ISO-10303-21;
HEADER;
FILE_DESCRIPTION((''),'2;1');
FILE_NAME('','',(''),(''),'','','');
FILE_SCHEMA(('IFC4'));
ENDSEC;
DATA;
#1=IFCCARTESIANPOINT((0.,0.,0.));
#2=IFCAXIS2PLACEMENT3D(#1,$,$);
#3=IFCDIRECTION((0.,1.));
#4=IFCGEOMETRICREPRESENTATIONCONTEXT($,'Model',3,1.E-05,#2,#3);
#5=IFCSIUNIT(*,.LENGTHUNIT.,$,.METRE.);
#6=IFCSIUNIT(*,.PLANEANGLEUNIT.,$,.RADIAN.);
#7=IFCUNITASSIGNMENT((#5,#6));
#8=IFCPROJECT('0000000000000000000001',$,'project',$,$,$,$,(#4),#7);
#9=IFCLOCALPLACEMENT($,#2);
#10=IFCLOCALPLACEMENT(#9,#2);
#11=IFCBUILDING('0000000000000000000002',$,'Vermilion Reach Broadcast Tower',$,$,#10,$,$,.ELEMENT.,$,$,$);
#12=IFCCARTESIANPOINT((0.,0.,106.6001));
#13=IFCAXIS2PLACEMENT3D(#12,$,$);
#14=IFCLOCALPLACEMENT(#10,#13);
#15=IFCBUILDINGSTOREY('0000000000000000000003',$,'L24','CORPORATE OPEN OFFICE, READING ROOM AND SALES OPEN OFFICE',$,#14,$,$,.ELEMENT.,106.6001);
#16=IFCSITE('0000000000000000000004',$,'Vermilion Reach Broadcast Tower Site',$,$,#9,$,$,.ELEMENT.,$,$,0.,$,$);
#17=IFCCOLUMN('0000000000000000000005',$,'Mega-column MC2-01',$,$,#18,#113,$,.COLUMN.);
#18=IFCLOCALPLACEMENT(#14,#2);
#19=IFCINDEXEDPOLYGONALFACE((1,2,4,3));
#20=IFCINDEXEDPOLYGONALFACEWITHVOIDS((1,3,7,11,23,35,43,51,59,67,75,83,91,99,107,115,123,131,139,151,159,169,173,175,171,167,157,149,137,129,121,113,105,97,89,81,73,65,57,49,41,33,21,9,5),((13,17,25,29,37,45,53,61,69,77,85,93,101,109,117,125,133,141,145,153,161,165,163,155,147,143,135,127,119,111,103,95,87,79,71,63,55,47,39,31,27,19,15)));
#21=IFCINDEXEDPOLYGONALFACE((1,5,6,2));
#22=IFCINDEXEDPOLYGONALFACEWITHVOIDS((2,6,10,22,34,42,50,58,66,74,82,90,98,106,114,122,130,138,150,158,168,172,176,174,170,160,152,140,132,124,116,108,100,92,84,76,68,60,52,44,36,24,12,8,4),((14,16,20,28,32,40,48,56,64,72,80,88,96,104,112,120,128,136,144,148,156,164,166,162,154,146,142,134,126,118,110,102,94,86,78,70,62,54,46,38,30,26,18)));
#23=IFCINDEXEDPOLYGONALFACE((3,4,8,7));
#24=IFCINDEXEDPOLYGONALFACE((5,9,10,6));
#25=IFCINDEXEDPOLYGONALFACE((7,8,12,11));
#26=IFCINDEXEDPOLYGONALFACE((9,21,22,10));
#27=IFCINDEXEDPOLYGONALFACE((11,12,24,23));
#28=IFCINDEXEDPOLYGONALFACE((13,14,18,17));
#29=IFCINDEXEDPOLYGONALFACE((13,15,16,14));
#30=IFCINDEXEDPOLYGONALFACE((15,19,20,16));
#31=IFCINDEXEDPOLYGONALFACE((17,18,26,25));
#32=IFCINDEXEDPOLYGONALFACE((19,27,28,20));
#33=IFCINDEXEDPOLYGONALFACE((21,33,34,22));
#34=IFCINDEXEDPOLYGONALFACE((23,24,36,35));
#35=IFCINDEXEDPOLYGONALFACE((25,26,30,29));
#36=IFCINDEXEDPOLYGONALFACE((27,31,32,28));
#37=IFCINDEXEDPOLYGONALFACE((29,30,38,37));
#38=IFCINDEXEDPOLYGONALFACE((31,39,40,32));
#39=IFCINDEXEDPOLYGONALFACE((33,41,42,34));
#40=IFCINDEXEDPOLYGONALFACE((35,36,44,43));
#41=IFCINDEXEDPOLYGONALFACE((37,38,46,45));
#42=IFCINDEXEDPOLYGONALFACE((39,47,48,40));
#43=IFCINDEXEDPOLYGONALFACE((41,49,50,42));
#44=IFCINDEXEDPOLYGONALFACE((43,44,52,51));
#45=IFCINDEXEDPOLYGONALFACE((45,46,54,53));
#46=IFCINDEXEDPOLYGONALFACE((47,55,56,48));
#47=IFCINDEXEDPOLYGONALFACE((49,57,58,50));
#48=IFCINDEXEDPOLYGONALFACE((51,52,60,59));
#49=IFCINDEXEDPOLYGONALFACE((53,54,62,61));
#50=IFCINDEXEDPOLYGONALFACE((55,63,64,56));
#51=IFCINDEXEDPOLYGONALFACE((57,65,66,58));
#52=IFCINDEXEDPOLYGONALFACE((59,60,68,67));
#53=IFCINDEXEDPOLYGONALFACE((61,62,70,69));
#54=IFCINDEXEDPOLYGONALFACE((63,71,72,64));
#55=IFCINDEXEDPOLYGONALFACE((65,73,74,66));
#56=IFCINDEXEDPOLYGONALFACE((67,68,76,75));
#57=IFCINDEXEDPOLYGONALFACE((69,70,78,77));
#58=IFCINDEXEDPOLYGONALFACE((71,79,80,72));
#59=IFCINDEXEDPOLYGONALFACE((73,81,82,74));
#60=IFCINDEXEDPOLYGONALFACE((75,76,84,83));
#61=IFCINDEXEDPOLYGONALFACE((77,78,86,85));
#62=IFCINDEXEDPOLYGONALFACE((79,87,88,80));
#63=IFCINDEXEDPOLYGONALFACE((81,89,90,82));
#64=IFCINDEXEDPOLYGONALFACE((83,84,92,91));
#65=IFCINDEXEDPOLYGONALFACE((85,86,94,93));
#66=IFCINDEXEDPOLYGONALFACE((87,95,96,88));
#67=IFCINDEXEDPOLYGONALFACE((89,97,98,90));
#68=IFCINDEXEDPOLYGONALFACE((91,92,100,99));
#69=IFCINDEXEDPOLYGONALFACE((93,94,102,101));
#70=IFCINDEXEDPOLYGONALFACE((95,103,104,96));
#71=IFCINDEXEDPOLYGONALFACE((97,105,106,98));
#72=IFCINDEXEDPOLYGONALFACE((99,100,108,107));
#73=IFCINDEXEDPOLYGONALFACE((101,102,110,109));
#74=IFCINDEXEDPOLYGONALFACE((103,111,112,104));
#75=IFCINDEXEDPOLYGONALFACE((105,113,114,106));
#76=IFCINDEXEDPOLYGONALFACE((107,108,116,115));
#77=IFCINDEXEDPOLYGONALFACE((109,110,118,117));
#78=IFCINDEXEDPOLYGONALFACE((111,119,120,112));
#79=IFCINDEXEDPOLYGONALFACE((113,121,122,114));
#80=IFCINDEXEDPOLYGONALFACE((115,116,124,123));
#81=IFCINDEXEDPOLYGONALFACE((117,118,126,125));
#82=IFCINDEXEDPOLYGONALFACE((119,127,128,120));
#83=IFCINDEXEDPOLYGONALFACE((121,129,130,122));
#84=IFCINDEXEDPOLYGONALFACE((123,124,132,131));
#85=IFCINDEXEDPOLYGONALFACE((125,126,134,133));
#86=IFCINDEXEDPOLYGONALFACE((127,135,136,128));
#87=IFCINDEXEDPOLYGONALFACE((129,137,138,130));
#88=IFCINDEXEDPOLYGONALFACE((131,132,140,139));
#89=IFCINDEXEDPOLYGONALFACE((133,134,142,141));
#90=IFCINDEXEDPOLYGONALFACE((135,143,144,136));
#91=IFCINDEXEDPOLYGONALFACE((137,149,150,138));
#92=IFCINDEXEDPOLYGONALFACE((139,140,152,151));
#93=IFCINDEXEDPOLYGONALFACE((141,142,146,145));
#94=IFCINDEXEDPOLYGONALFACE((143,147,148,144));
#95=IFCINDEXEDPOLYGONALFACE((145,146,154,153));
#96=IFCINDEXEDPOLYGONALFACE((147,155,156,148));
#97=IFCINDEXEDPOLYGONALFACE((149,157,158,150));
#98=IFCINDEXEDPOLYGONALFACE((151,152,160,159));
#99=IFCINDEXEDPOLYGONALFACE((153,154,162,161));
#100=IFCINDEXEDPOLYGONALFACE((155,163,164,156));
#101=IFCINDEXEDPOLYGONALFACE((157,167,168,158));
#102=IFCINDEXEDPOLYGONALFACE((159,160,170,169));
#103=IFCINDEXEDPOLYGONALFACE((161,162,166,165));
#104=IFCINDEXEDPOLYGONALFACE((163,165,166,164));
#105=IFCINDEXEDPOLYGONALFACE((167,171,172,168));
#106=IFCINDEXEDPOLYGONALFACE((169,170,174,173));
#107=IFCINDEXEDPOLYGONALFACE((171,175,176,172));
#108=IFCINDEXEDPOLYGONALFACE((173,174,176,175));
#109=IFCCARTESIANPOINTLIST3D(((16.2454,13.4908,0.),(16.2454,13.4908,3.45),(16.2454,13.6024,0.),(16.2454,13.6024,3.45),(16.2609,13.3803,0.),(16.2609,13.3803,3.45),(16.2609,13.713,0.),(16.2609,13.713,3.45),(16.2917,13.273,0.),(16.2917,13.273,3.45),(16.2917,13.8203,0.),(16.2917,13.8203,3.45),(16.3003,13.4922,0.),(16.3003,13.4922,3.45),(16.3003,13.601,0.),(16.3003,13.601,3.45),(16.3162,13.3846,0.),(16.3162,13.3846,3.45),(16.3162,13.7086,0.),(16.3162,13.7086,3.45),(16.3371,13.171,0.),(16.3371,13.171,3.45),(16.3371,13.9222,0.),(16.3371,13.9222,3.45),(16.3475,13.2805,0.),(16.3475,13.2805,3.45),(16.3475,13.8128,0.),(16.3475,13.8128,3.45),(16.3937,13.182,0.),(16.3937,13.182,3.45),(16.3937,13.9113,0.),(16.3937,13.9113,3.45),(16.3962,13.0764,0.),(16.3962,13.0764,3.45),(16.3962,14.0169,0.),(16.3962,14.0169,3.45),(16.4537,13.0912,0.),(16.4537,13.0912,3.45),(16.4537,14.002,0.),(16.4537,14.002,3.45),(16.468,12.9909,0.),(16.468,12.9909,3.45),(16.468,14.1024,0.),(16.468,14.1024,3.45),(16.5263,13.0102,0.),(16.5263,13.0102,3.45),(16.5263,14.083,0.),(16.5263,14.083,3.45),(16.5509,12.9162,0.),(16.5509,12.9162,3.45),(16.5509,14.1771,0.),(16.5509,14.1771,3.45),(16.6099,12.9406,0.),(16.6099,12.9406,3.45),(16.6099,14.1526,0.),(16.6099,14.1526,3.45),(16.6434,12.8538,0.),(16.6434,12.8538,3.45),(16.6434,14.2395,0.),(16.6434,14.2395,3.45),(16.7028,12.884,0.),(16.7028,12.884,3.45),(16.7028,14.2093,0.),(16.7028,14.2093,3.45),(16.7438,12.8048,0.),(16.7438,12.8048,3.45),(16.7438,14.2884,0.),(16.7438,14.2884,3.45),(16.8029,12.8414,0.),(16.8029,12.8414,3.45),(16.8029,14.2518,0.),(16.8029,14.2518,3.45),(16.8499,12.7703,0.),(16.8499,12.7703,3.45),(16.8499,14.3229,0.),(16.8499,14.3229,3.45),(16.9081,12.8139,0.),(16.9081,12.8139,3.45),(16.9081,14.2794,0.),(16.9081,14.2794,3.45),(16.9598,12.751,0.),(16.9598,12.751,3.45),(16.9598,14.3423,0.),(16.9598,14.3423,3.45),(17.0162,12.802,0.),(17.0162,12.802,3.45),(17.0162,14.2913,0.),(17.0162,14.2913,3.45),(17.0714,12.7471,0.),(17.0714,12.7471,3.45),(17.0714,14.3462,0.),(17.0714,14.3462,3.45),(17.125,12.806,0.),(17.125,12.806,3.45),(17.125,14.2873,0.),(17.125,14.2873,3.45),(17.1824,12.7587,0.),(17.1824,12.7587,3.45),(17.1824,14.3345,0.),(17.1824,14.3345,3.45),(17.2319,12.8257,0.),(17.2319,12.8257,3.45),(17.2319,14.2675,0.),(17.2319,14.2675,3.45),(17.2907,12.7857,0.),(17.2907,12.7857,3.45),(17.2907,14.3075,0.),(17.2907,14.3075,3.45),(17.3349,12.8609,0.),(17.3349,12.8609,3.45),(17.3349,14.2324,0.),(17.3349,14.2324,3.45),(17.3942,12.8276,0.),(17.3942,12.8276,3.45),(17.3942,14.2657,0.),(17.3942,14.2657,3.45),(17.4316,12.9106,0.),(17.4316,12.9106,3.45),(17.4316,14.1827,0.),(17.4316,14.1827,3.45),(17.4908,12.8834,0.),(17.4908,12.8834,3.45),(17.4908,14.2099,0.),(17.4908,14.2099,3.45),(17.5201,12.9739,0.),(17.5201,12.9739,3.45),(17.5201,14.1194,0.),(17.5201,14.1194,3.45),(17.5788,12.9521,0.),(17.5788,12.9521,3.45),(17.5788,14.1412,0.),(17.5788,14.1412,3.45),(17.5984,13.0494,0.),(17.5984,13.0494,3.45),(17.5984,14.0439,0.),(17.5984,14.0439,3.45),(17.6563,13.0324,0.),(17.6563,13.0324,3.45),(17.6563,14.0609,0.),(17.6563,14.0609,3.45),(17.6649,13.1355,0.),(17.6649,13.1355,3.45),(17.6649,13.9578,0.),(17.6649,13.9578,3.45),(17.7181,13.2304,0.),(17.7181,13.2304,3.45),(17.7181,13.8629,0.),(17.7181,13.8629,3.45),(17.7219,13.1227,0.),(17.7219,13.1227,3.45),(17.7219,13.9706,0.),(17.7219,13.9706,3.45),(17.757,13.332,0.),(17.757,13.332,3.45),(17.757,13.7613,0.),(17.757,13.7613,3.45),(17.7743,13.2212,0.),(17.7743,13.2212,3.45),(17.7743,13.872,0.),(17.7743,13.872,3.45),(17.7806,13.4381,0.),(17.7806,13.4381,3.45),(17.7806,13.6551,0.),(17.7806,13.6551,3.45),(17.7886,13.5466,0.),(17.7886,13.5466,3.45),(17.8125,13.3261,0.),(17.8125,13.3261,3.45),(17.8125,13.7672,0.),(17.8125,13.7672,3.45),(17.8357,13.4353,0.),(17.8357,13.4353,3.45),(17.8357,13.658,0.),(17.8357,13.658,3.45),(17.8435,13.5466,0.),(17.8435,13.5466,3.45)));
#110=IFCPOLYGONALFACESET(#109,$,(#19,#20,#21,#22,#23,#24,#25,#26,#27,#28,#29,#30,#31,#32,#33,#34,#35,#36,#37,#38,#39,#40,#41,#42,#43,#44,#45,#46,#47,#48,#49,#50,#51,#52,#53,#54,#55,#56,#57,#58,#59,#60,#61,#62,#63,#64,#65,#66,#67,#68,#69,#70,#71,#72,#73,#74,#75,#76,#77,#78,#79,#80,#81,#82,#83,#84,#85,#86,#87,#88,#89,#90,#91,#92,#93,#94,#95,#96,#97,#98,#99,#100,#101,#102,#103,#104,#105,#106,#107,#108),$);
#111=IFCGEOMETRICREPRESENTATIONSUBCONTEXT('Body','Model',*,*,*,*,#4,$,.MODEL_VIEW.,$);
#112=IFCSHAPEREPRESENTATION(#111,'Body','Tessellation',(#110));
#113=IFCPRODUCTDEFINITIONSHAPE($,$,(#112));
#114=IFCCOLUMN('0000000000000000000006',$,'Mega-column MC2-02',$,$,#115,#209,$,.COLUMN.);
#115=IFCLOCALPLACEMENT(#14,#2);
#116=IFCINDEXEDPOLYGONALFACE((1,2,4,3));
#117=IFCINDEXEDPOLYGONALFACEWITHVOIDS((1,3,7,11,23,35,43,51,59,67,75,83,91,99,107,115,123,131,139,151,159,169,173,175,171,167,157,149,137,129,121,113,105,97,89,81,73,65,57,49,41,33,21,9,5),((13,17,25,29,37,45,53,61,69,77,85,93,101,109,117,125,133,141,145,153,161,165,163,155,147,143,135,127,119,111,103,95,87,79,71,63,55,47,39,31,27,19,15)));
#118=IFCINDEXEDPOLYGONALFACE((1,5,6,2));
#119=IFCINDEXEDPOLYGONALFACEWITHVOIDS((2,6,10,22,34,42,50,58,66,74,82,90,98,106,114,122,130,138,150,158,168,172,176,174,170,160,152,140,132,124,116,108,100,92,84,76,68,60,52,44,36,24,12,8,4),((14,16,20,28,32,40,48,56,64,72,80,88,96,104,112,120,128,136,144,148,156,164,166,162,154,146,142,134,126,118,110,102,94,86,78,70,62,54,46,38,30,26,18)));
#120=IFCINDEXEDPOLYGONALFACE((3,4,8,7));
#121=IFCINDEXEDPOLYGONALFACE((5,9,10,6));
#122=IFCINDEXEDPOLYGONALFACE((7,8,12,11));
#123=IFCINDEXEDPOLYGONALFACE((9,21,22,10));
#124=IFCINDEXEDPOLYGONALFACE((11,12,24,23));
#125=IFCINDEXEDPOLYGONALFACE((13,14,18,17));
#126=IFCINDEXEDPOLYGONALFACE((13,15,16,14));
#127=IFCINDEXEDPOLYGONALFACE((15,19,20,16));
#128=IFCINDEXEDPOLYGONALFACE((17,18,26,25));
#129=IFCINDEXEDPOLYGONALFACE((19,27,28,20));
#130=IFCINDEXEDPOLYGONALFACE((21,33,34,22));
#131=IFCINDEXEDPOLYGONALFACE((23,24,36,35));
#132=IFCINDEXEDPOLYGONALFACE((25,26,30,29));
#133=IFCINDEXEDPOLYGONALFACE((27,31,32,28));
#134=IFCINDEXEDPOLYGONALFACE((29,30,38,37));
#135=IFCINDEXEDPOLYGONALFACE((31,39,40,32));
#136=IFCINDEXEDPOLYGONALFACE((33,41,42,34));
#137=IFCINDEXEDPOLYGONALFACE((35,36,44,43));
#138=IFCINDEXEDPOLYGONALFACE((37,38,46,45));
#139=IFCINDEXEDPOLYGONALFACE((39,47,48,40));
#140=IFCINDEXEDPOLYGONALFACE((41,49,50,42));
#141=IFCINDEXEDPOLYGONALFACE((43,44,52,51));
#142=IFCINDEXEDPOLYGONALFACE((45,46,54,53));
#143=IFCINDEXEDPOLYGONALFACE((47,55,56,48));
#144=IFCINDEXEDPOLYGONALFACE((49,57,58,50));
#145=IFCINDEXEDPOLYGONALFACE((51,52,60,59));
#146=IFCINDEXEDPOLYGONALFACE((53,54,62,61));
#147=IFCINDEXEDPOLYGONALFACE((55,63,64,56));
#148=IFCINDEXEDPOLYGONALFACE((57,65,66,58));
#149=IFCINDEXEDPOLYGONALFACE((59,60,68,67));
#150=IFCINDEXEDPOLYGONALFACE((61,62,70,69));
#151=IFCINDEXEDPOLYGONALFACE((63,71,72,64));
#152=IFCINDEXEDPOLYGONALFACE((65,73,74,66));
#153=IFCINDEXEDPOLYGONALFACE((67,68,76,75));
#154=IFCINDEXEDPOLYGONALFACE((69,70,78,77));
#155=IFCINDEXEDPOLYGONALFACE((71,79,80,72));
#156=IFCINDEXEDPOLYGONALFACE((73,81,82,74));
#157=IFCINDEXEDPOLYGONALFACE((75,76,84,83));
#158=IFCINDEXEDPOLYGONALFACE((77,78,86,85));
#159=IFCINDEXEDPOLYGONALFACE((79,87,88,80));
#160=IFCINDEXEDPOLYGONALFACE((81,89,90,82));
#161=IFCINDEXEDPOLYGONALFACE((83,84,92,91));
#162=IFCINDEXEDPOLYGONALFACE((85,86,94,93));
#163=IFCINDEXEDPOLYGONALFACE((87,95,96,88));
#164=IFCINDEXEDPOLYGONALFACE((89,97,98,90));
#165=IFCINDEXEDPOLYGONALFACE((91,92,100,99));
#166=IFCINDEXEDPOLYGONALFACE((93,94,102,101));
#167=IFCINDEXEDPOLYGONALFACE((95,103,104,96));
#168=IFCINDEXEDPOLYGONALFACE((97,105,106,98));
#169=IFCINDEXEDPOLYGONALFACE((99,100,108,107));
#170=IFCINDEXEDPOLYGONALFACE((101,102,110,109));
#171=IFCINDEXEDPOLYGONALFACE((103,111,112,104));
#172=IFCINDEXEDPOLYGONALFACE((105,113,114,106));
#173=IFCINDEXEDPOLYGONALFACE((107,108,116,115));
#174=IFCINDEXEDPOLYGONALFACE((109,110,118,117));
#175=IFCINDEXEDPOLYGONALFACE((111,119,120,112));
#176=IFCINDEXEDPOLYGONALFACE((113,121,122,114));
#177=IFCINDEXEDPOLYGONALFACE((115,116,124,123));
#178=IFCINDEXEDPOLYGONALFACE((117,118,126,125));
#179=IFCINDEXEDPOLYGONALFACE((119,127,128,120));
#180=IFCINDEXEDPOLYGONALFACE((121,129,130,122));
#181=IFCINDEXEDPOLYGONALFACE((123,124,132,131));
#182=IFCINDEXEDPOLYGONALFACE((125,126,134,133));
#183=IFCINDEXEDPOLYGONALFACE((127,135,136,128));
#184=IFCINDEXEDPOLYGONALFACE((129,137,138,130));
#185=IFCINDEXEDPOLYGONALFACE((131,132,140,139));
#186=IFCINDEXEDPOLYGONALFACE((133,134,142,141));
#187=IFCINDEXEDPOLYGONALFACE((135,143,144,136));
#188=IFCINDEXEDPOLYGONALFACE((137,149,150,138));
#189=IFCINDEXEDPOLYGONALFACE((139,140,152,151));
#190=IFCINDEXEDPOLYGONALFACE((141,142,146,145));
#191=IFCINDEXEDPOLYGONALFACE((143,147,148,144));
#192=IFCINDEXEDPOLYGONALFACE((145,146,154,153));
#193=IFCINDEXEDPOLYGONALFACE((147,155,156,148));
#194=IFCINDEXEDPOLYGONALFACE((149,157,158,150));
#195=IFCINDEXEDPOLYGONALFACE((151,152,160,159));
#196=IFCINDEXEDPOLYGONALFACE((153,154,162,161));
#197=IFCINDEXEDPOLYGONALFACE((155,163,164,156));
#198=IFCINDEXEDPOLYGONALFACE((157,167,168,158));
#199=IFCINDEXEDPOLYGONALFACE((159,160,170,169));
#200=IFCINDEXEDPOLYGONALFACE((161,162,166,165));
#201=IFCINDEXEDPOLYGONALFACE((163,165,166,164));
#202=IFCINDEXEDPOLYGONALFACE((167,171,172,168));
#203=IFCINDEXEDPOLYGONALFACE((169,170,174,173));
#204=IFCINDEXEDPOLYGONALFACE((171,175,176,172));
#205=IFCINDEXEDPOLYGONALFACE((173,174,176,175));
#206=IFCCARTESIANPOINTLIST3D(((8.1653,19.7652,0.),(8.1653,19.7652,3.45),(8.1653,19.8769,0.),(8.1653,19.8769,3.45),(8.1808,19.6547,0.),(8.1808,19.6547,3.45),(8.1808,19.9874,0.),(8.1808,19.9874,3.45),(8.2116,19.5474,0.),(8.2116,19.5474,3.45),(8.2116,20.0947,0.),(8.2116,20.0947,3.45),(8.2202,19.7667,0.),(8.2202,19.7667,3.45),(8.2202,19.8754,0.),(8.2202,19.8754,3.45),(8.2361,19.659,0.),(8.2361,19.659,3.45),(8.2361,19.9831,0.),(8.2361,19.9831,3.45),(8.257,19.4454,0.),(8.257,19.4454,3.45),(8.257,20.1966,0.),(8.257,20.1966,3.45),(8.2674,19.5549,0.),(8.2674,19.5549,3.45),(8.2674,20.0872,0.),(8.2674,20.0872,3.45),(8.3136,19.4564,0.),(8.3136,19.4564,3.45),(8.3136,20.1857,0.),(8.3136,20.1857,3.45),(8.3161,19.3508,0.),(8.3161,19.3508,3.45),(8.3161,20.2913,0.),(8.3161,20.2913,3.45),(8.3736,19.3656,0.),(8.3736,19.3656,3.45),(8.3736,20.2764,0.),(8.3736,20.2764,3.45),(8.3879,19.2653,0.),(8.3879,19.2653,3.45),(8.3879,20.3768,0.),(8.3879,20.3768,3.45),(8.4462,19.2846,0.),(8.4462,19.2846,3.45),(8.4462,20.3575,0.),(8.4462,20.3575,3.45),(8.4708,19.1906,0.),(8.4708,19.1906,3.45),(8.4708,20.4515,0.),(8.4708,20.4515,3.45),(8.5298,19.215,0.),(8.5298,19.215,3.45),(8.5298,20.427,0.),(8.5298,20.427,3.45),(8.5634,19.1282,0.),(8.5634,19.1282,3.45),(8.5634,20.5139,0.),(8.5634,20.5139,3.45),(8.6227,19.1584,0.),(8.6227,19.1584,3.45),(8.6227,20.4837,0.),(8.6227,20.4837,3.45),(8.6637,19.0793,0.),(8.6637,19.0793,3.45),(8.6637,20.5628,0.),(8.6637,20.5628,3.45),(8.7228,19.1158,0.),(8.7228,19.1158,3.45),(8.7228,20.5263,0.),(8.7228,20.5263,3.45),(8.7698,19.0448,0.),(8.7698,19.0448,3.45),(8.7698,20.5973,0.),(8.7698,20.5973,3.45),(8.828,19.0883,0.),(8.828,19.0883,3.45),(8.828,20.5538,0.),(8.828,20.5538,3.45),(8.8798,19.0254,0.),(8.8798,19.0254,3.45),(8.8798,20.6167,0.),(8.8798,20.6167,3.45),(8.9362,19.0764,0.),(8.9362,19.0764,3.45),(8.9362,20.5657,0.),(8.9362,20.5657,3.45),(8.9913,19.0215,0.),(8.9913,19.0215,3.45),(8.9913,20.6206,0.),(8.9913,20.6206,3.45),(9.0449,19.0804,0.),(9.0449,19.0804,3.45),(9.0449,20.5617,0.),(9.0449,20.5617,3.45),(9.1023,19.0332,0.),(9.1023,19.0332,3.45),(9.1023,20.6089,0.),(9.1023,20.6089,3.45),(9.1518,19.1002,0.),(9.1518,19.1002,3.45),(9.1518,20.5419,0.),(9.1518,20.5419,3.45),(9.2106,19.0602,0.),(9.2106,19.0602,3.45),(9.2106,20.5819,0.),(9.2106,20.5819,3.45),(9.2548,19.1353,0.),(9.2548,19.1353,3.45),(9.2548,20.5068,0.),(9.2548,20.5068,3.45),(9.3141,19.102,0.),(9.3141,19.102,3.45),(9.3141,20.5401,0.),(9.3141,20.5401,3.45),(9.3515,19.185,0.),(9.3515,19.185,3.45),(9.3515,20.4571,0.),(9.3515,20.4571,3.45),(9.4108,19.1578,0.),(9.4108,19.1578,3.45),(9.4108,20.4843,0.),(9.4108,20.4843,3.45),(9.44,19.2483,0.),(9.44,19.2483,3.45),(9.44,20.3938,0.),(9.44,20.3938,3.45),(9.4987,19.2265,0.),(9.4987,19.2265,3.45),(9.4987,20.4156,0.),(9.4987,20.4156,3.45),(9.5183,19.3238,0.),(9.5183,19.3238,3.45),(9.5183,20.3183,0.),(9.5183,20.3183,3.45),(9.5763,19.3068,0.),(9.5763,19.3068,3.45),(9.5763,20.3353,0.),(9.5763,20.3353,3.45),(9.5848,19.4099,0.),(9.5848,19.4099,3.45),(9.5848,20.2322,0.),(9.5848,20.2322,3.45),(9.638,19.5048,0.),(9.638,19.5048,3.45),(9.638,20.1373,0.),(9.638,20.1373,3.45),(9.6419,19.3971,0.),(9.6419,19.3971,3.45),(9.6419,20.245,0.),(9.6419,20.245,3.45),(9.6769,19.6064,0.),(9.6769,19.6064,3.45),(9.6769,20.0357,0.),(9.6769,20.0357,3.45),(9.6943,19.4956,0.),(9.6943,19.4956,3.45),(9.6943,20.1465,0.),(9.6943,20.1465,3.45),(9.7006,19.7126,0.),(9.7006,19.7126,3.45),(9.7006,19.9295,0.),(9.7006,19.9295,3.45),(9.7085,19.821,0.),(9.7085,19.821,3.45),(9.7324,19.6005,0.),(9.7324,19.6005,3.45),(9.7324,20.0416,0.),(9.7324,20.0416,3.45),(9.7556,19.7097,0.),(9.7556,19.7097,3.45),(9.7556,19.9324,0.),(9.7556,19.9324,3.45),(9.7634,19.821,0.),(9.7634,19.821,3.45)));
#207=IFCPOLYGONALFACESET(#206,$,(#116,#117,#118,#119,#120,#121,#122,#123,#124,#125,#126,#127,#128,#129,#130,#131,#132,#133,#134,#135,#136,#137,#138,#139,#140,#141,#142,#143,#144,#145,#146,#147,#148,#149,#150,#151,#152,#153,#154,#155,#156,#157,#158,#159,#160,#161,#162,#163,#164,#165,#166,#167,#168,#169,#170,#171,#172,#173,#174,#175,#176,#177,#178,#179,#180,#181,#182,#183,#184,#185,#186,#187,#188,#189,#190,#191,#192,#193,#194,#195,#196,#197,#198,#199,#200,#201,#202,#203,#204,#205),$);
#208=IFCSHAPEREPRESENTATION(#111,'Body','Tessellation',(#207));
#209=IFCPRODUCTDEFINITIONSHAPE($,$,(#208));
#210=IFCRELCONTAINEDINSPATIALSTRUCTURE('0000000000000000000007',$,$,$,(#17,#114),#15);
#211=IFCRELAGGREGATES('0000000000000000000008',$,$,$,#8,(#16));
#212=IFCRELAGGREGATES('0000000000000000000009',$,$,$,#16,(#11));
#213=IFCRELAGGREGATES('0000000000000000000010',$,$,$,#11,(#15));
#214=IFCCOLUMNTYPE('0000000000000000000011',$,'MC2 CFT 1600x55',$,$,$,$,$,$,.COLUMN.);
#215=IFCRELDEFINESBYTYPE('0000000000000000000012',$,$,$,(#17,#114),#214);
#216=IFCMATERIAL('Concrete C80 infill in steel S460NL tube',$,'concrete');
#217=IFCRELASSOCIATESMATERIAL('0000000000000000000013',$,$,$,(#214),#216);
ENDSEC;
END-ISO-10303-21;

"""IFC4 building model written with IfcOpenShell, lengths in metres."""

from ifc_helpers import new_model, si_unit, direction, frame, origin, origin_2d, place, context, subcontext, project, spatial, hollow_circle, extrude, material, material_profile, profile_set, type_object, element, save


model = new_model("IFC4")

# Units and contexts
model_context = context("Model", 3, precision=1e-05, world=origin(), true_north=direction((0.0, 1.0)))
body_context = subcontext(model_context, "Body", "Model", "MODEL_VIEW")
ifc_project = project(units=[si_unit("LENGTHUNIT", "METRE"), si_unit("PLANEANGLEUNIT", "RADIAN")], contexts=[model_context])

# Site, building, storey
site_placement = place(None, origin())
site = spatial("IfcSite", under=ifc_project, at=site_placement, Name="Vermilion Reach Broadcast Tower Site", CompositionType="ELEMENT", RefElevation=0.0)
building_placement = place(site_placement, origin())
building = spatial("IfcBuilding", under=site, at=building_placement, Name="Vermilion Reach Broadcast Tower", CompositionType="ELEMENT")
storey_placement = place(building_placement, frame((0.0, 0.0, 106.6001)))
storey = spatial("IfcBuildingStorey", under=building, at=storey_placement, Name="L24", Description="CORPORATE OPEN OFFICE, READING ROOM AND SALES OPEN OFFICE", CompositionType="ELEMENT", Elevation=106.6001)

# Columns
ifc_material_1 = material(Name="Concrete C80 infill in steel S460NL tube", Category="concrete")
ifc_material_profile_1 = material_profile(ifc_material_1, hollow_circle(Radius=0.8, WallThickness=0.0549, at=origin_2d()), Name="Concrete C80 infill in steel S460NL tube CFT 1600x55")
ifc_profile_set_1 = profile_set([ifc_material_profile_1], Name="Concrete C80 infill in steel S460NL tube")
column_type = type_object("IfcColumnType", Name="MC2 CFT 1600x55", PredefinedType="COLUMN", material=ifc_profile_set_1)
for number, where, z_axis, x_axis, name in (
    (1, (17.0435, 13.5466, 0.0), (0.0, 0.0, 1.0), (1.0, 0.0, 0.0), "Mega-column MC2-01"),
    (2, (8.9634, 19.821, 0.0), (0.0, 0.0, 1.0), (1.0, 0.0, 0.0), "Mega-column MC2-02"),
):
    element("IfcColumn", number, at=place(storey_placement, frame(where, z_axis=z_axis, x_axis=x_axis)), inside=storey, type_object=column_type, Name=name, PredefinedType="COLUMN", context=body_context, shape_type="SweptSolid", body=[
        extrude(hollow_circle(Radius=0.8, WallThickness=0.0549, at=origin_2d()), origin(), (0.0, 0.0, 1.0), 3.45),
    ])

save(model, "model.ifc")
